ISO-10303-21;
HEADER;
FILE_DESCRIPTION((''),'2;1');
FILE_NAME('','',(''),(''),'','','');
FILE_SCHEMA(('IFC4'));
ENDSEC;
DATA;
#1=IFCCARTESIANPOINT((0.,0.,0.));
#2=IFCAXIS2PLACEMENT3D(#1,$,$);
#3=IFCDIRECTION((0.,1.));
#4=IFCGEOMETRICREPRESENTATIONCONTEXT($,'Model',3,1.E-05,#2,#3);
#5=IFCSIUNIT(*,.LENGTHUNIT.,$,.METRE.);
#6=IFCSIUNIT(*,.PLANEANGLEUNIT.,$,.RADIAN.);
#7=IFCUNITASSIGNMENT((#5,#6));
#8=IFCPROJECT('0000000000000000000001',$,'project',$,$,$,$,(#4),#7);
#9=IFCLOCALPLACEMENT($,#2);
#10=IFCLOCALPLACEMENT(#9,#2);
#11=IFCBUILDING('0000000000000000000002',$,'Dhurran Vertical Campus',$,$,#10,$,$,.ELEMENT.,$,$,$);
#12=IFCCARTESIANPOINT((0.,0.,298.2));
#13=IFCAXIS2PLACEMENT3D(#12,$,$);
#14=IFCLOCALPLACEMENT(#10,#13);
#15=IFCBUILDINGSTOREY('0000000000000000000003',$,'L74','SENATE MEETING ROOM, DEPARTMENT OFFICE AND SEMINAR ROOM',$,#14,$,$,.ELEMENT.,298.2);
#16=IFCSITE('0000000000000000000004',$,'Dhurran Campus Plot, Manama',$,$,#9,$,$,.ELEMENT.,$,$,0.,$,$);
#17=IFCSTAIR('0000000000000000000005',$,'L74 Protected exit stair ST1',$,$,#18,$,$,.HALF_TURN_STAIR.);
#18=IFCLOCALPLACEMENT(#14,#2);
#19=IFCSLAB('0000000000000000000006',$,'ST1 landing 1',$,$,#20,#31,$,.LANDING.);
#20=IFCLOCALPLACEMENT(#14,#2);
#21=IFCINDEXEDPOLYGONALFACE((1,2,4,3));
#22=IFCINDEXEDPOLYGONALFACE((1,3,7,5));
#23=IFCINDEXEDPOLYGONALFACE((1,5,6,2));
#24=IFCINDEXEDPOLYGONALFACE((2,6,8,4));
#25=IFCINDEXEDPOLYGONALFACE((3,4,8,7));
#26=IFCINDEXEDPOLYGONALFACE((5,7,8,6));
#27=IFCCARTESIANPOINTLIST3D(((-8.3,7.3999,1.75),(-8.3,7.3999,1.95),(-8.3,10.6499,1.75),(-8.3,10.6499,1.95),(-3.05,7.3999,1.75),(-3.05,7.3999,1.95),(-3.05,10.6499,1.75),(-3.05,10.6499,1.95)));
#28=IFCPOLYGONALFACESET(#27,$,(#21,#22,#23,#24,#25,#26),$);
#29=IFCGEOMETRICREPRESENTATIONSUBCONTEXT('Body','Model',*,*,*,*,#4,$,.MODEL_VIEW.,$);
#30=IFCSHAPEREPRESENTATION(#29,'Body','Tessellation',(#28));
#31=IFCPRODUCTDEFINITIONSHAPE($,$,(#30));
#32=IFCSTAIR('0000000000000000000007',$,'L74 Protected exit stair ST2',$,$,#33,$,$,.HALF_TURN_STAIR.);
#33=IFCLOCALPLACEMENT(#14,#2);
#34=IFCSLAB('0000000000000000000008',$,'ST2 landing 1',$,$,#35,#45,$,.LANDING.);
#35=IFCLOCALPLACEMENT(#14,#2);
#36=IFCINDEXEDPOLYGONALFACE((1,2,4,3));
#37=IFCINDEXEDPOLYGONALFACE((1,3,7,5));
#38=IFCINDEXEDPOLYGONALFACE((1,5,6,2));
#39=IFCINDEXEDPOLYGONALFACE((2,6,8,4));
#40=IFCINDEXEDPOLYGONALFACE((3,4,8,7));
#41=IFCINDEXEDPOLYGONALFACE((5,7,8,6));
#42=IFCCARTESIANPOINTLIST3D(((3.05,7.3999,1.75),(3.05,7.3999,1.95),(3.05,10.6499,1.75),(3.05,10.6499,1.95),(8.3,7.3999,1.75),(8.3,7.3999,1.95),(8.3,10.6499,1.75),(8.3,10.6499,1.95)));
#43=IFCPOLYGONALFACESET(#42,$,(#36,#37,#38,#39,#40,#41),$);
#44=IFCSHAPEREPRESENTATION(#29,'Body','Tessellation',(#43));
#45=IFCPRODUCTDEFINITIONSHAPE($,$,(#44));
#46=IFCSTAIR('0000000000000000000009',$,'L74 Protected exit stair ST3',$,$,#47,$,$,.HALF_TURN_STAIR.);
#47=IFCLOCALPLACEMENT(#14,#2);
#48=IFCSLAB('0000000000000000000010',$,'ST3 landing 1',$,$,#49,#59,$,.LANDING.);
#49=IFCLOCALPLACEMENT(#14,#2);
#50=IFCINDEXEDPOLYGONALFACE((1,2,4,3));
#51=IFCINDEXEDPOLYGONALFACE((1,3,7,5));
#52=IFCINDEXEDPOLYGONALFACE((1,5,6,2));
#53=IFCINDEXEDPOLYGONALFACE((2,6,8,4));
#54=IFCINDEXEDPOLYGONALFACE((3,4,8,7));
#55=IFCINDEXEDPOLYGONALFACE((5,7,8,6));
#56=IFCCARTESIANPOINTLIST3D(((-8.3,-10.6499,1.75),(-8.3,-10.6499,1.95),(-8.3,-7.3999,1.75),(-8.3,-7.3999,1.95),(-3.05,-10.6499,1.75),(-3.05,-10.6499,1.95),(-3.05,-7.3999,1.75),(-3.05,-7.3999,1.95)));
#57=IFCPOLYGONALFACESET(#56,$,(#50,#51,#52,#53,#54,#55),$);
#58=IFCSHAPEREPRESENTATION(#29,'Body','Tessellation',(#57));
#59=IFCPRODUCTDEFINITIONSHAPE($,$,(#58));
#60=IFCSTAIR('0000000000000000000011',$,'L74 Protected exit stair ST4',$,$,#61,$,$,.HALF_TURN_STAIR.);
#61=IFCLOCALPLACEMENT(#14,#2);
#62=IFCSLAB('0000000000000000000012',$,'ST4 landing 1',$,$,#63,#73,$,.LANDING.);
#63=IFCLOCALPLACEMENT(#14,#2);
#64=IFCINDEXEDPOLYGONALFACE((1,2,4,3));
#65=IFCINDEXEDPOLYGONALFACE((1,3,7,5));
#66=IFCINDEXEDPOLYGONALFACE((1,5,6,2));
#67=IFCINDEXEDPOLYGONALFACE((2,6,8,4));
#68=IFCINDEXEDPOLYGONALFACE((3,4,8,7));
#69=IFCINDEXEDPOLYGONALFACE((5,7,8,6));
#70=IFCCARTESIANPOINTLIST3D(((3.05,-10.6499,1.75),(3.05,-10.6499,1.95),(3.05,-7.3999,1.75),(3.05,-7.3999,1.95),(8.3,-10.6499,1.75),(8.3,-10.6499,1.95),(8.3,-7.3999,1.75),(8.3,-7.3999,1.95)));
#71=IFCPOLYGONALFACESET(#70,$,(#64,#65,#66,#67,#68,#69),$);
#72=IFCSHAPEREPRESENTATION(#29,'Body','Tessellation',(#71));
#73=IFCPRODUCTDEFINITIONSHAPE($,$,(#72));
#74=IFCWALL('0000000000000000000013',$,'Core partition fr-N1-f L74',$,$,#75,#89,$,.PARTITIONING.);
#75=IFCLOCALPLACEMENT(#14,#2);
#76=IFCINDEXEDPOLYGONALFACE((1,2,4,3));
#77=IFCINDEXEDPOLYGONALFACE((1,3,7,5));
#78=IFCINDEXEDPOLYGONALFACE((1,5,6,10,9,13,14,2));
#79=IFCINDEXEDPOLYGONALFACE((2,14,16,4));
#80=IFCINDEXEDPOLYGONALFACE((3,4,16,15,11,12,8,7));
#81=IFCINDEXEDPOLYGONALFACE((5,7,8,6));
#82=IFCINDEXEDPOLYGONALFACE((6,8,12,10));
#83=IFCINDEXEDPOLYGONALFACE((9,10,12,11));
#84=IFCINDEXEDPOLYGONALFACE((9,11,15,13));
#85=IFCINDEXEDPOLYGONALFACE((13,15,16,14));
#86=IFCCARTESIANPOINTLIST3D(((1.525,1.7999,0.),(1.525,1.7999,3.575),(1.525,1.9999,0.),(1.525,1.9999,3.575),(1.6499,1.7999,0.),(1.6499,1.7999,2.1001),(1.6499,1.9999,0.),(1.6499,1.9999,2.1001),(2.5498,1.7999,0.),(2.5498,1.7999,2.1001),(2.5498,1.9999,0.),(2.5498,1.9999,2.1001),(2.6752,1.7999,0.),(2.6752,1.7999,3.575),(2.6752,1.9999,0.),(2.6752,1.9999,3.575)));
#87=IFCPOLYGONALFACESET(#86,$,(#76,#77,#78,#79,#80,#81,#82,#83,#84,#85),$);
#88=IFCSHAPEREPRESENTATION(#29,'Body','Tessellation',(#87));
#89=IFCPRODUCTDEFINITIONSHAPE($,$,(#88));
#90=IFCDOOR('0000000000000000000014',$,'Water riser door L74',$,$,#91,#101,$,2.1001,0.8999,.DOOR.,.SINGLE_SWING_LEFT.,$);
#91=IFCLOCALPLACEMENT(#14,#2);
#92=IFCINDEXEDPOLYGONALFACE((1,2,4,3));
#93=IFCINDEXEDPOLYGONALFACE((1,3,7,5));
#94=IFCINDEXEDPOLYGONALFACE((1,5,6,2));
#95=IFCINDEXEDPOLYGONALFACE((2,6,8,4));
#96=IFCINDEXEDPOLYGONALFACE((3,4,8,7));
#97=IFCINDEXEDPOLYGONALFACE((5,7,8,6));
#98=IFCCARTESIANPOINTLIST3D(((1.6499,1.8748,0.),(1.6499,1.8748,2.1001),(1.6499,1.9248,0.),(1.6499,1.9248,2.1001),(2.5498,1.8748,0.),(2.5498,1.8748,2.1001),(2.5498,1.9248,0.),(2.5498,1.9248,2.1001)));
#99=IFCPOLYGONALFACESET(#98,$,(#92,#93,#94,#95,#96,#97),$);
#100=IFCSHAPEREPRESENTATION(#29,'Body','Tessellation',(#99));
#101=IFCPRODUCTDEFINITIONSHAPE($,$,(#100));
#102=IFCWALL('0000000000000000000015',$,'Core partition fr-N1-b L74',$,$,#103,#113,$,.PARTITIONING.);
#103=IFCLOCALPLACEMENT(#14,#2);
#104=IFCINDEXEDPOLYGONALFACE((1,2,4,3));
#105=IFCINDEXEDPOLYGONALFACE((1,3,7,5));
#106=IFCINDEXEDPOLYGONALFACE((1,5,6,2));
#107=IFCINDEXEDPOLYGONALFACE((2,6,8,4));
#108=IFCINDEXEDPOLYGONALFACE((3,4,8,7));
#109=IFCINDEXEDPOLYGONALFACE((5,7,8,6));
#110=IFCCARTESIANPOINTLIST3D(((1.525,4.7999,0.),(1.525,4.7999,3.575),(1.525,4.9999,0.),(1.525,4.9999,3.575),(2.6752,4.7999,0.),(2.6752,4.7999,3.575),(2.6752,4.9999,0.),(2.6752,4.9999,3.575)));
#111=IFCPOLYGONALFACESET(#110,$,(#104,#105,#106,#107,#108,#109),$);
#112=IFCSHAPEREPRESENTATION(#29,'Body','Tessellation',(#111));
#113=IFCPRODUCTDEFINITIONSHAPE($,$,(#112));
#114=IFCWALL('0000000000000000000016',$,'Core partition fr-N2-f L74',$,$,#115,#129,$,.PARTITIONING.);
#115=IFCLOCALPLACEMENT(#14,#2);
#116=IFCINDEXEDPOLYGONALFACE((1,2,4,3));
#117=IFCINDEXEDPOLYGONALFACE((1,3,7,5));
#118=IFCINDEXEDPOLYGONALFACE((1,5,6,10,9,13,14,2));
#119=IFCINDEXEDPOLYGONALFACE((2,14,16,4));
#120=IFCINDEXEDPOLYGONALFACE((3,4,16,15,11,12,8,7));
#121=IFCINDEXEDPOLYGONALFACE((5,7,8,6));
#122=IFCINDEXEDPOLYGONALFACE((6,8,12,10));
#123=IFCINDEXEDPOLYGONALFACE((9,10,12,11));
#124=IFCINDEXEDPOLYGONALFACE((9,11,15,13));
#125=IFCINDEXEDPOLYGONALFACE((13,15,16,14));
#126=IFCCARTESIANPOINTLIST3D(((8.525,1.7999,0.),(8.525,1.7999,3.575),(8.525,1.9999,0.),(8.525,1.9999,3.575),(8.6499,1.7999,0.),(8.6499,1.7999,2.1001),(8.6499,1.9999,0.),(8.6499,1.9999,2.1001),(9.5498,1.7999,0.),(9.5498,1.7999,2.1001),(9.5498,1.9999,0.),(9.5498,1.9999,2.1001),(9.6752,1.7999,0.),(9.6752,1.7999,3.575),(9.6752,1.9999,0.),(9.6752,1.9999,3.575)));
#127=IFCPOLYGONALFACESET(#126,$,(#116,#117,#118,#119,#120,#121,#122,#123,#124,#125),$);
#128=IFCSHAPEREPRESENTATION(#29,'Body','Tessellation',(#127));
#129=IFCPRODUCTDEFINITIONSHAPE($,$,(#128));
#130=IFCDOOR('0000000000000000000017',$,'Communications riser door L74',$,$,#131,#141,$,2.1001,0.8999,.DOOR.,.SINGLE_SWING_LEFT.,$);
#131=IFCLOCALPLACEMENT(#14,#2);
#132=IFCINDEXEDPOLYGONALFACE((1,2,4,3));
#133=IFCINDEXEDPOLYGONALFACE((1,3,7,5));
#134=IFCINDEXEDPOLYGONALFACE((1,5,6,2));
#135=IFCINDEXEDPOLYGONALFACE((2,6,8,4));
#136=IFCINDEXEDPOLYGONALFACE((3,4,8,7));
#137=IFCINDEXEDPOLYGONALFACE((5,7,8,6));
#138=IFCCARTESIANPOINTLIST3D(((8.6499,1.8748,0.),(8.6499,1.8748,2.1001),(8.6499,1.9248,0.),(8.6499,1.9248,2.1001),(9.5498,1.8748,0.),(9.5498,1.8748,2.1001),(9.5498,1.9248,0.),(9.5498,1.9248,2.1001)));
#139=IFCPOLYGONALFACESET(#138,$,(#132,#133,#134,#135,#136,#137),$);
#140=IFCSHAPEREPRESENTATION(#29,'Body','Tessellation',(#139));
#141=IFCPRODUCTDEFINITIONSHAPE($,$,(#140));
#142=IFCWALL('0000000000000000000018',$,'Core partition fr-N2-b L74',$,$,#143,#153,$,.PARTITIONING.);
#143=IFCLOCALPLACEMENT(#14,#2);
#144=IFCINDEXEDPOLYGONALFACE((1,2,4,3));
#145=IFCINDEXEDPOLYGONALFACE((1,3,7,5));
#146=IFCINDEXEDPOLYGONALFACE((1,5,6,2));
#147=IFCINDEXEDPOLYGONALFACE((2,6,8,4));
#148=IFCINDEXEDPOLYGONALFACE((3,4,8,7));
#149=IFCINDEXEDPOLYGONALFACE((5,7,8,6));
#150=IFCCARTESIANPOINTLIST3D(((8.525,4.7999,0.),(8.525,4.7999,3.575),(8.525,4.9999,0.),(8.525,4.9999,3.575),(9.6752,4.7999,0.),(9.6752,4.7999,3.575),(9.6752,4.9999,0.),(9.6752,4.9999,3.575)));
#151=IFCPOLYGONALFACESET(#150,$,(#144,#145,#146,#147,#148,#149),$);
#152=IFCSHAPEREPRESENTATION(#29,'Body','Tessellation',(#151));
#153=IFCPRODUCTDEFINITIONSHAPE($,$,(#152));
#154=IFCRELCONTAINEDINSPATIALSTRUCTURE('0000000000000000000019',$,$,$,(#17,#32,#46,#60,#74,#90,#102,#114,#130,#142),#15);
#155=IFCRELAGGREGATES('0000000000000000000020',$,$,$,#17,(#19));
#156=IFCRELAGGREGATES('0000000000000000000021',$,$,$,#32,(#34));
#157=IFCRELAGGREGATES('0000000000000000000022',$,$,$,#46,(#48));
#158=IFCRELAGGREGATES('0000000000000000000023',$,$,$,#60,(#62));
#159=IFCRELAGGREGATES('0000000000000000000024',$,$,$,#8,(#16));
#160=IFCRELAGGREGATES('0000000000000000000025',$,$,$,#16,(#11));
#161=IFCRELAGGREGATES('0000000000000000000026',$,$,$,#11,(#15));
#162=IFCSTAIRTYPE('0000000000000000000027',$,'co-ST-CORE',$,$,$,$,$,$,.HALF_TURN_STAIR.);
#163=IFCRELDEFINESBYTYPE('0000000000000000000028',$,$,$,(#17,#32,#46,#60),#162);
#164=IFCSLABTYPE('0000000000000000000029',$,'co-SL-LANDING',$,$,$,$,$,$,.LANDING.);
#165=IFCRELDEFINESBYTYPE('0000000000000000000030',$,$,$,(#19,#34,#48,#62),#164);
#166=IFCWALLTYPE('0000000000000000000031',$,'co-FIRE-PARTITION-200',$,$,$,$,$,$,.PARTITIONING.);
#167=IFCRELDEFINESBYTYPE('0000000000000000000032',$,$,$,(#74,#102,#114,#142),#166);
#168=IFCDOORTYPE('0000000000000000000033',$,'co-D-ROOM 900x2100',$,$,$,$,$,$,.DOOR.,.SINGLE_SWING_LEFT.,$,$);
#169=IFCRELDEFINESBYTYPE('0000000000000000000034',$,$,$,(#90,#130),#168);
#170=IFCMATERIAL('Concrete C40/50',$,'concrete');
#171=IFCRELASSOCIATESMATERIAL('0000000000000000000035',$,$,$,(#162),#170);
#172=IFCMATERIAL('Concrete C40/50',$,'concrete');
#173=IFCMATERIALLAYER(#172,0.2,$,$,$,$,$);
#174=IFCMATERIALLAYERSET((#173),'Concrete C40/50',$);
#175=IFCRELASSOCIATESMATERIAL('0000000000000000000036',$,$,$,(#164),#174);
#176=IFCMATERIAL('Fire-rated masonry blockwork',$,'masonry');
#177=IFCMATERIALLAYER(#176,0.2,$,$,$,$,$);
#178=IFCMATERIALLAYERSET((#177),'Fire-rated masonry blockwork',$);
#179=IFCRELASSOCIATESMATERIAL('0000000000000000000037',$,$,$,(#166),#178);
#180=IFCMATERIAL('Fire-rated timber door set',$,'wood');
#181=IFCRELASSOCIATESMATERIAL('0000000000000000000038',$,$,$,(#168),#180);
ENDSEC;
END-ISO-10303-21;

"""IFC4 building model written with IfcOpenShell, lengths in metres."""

from ifc_helpers import new_model, si_unit, direction, frame, frame_2d, origin, place, context, subcontext, project, spatial, polyline, rectangle, outline, extrude, material, layer, layer_set, type_object, element, fill, aggregate, save


model = new_model("IFC4")

# Units and contexts
model_context = context("Model", 3, precision=1e-05, world=origin(), true_north=direction((0.0, 1.0)))
body_context = subcontext(model_context, "Body", "Model", "MODEL_VIEW")
ifc_project = project(units=[si_unit("LENGTHUNIT", "METRE"), si_unit("PLANEANGLEUNIT", "RADIAN")], contexts=[model_context])

# Site, building, storey
site_placement = place(None, origin())
site = spatial("IfcSite", under=ifc_project, at=site_placement, Name="Dhurran Campus Plot, Manama", CompositionType="ELEMENT", RefElevation=0.0)
building_placement = place(site_placement, origin())
building = spatial("IfcBuilding", under=site, at=building_placement, Name="Dhurran Vertical Campus", CompositionType="ELEMENT")
storey_placement = place(building_placement, frame((0.0, 0.0, 298.2)))
storey = spatial("IfcBuildingStorey", under=building, at=storey_placement, Name="L74", Description="SENATE MEETING ROOM, DEPARTMENT OFFICE AND SEMINAR ROOM", CompositionType="ELEMENT", Elevation=298.2)

# Stairs, slabs
ifc_material_1 = material(Name="Concrete C40/50", Category="concrete")
stair_type = type_object("IfcStairType", Name="co-ST-CORE", PredefinedType="HALF_TURN_STAIR", material=ifc_material_1)
stair_1_placement = place(storey_placement, origin())
stair_1 = element("IfcStair", 1, at=stair_1_placement, inside=storey, type_object=stair_type, Name="L74 Protected exit stair ST1", PredefinedType="HALF_TURN_STAIR")
ifc_material_2 = material(Name="Concrete C40/50", Category="concrete")
ifc_layer_1 = layer(ifc_material_2, 0.2)
ifc_layer_set_1 = layer_set([ifc_layer_1], Name="Concrete C40/50")
slab_type = type_object("IfcSlabType", Name="co-SL-LANDING", PredefinedType="LANDING", material=ifc_layer_set_1)
slab_1_placement = place(storey_placement, frame((0.0, 0.0, 1.75)))
slab_1 = element("IfcSlab", 2, at=slab_1_placement, type_object=slab_type, Name="ST1 landing 1", PredefinedType="LANDING", context=body_context, shape_type="SweptSolid", body=[
    extrude(outline(polyline([(-8.3, 7.3999), (-3.05, 7.3999), (-3.05, 10.6499), (-8.3, 10.6499), (-8.3, 7.3999)])), origin(), (0.0, 0.0, 1.0), 0.2),
])
aggregate(stair_1, [slab_1])
stair_2_placement = place(storey_placement, origin())
stair_2 = element("IfcStair", 3, at=stair_2_placement, inside=storey, type_object=stair_type, Name="L74 Protected exit stair ST2", PredefinedType="HALF_TURN_STAIR")
slab_2_placement = place(storey_placement, frame((0.0, 0.0, 1.75)))
slab_2 = element("IfcSlab", 4, at=slab_2_placement, type_object=slab_type, Name="ST2 landing 1", PredefinedType="LANDING", context=body_context, shape_type="SweptSolid", body=[
    extrude(outline(polyline([(8.3, 10.6499), (3.05, 10.6499), (3.05, 7.3999), (8.3, 7.3999), (8.3, 10.6499)])), origin(), (0.0, 0.0, 1.0), 0.2),
])
aggregate(stair_2, [slab_2])
stair_3_placement = place(storey_placement, origin())
stair_3 = element("IfcStair", 5, at=stair_3_placement, inside=storey, type_object=stair_type, Name="L74 Protected exit stair ST3", PredefinedType="HALF_TURN_STAIR")
slab_3_placement = place(storey_placement, frame((0.0, 0.0, 1.75)))
slab_3 = element("IfcSlab", 6, at=slab_3_placement, type_object=slab_type, Name="ST3 landing 1", PredefinedType="LANDING", context=body_context, shape_type="SweptSolid", body=[
    extrude(outline(polyline([(-8.3, -10.6499), (-3.05, -10.6499), (-3.05, -7.3999), (-8.3, -7.3999), (-8.3, -10.6499)])), origin(), (0.0, 0.0, 1.0), 0.2),
])
aggregate(stair_3, [slab_3])
stair_4_placement = place(storey_placement, origin())
stair_4 = element("IfcStair", 7, at=stair_4_placement, inside=storey, type_object=stair_type, Name="L74 Protected exit stair ST4", PredefinedType="HALF_TURN_STAIR")
slab_4_placement = place(storey_placement, frame((0.0, 0.0, 1.75)))
slab_4 = element("IfcSlab", 8, at=slab_4_placement, type_object=slab_type, Name="ST4 landing 1", PredefinedType="LANDING", context=body_context, shape_type="SweptSolid", body=[
    extrude(outline(polyline([(8.3, -7.3999), (3.05, -7.3999), (3.05, -10.6499), (8.3, -10.6499), (8.3, -7.3999)])), origin(), (0.0, 0.0, 1.0), 0.2),
])
aggregate(stair_4, [slab_4])

# Wall, opening, door
ifc_material_3 = material(Name="Fire-rated masonry blockwork", Category="masonry")
ifc_layer_2 = layer(ifc_material_3, 0.2)
ifc_layer_set_2 = layer_set([ifc_layer_2], Name="Fire-rated masonry blockwork")
wall_type_1 = type_object("IfcWallType", Name="co-FIRE-PARTITION-200", PredefinedType="PARTITIONING", material=ifc_layer_set_2)
wall_1_placement = place(storey_placement, frame((1.5249, 1.8999, 0.0), z_axis=(0.0, 0.0, 1.0), x_axis=(1.0, 0.0, 0.0)))
wall_1 = element("IfcWall", 9, at=wall_1_placement, inside=storey, type_object=wall_type_1, Name="Core partition fr-N1-f L74", PredefinedType="PARTITIONING", context=body_context, shape_type="SweptSolid", body=[
    extrude(rectangle(XDim=1.1501, YDim=0.2, at=frame_2d((0.5752, 0.0))), origin(), (0.0, 0.0, 1.0), 3.575),
])
opening_1_placement = place(wall_1_placement, frame((0.125, 0.0, 0.0)))
opening_1 = element("IfcOpeningElement", 10, at=opening_1_placement, cuts=wall_1, PredefinedType="OPENING", context=body_context, shape_type="SweptSolid", body=[
    extrude(rectangle(XDim=0.8999, YDim=2.1001, at=frame_2d((0.45, 1.05))), frame((0.0, 0.1099, 0.0), z_axis=(0.0, -1.0, 0.0), x_axis=(1.0, 0.0, 0.0)), (0.0, 0.0, 1.0), 0.22),
])
ifc_material_4 = material(Name="Fire-rated timber door set", Category="wood")
door_type_1 = type_object("IfcDoorType", Name="co-D-ROOM 900x2100", OperationType="SINGLE_SWING_LEFT", PredefinedType="DOOR", material=ifc_material_4)
door_1_placement = place(opening_1_placement, origin())
door_1 = element("IfcDoor", 11, at=door_1_placement, inside=storey, type_object=door_type_1, Name="Water riser door L74", OperationType="SINGLE_SWING_LEFT", OverallHeight=2.1001, OverallWidth=0.8999, PredefinedType="DOOR", context=body_context, shape_type="SweptSolid", body=[
    extrude(rectangle(XDim=0.8999, YDim=2.1001, at=frame_2d((0.45, 1.05))), frame((0.0, 0.0249, 0.0), z_axis=(0.0, -1.0, 0.0), x_axis=(1.0, 0.0, 0.0)), (0.0, 0.0, 1.0), 0.05),
])
fill(opening_1, door_1)

# Wall
wall_2_placement = place(storey_placement, frame((1.5249, 4.8999, 0.0), z_axis=(0.0, 0.0, 1.0), x_axis=(1.0, 0.0, 0.0)))
element("IfcWall", 12, at=wall_2_placement, inside=storey, type_object=wall_type_1, Name="Core partition fr-N1-b L74", PredefinedType="PARTITIONING", context=body_context, shape_type="SweptSolid", body=[
    extrude(rectangle(XDim=1.1501, YDim=0.2, at=frame_2d((0.5752, 0.0))), origin(), (0.0, 0.0, 1.0), 3.575),
])

# Wall, opening, door
wall_3_placement = place(storey_placement, frame((8.5249, 1.8999, 0.0), z_axis=(0.0, 0.0, 1.0), x_axis=(1.0, 0.0, 0.0)))
wall_3 = element("IfcWall", 13, at=wall_3_placement, inside=storey, type_object=wall_type_1, Name="Core partition fr-N2-f L74", PredefinedType="PARTITIONING", context=body_context, shape_type="SweptSolid", body=[
    extrude(rectangle(XDim=1.1501, YDim=0.2, at=frame_2d((0.5752, 0.0))), origin(), (0.0, 0.0, 1.0), 3.575),
])
opening_2_placement = place(wall_3_placement, frame((0.125, 0.0, 0.0)))
opening_2 = element("IfcOpeningElement", 14, at=opening_2_placement, cuts=wall_3, PredefinedType="OPENING", context=body_context, shape_type="SweptSolid", body=[
    extrude(rectangle(XDim=0.8999, YDim=2.1001, at=frame_2d((0.45, 1.05))), frame((0.0, 0.1099, 0.0), z_axis=(0.0, -1.0, 0.0), x_axis=(1.0, 0.0, 0.0)), (0.0, 0.0, 1.0), 0.22),
])
door_2_placement = place(opening_2_placement, origin())
door_2 = element("IfcDoor", 15, at=door_2_placement, inside=storey, type_object=door_type_1, Name="Communications riser door L74", OperationType="SINGLE_SWING_LEFT", OverallHeight=2.1001, OverallWidth=0.8999, PredefinedType="DOOR", context=body_context, shape_type="SweptSolid", body=[
    extrude(rectangle(XDim=0.8999, YDim=2.1001, at=frame_2d((0.45, 1.05))), frame((0.0, 0.0249, 0.0), z_axis=(0.0, -1.0, 0.0), x_axis=(1.0, 0.0, 0.0)), (0.0, 0.0, 1.0), 0.05),
])
fill(opening_2, door_2)

# Wall
wall_4_placement = place(storey_placement, frame((8.5249, 4.8999, 0.0), z_axis=(0.0, 0.0, 1.0), x_axis=(1.0, 0.0, 0.0)))
element("IfcWall", 16, at=wall_4_placement, inside=storey, type_object=wall_type_1, Name="Core partition fr-N2-b L74", PredefinedType="PARTITIONING", context=body_context, shape_type="SweptSolid", body=[
    extrude(rectangle(XDim=1.1501, YDim=0.2, at=frame_2d((0.5752, 0.0))), origin(), (0.0, 0.0, 1.0), 3.575),
])

save(model, "model.ifc")
